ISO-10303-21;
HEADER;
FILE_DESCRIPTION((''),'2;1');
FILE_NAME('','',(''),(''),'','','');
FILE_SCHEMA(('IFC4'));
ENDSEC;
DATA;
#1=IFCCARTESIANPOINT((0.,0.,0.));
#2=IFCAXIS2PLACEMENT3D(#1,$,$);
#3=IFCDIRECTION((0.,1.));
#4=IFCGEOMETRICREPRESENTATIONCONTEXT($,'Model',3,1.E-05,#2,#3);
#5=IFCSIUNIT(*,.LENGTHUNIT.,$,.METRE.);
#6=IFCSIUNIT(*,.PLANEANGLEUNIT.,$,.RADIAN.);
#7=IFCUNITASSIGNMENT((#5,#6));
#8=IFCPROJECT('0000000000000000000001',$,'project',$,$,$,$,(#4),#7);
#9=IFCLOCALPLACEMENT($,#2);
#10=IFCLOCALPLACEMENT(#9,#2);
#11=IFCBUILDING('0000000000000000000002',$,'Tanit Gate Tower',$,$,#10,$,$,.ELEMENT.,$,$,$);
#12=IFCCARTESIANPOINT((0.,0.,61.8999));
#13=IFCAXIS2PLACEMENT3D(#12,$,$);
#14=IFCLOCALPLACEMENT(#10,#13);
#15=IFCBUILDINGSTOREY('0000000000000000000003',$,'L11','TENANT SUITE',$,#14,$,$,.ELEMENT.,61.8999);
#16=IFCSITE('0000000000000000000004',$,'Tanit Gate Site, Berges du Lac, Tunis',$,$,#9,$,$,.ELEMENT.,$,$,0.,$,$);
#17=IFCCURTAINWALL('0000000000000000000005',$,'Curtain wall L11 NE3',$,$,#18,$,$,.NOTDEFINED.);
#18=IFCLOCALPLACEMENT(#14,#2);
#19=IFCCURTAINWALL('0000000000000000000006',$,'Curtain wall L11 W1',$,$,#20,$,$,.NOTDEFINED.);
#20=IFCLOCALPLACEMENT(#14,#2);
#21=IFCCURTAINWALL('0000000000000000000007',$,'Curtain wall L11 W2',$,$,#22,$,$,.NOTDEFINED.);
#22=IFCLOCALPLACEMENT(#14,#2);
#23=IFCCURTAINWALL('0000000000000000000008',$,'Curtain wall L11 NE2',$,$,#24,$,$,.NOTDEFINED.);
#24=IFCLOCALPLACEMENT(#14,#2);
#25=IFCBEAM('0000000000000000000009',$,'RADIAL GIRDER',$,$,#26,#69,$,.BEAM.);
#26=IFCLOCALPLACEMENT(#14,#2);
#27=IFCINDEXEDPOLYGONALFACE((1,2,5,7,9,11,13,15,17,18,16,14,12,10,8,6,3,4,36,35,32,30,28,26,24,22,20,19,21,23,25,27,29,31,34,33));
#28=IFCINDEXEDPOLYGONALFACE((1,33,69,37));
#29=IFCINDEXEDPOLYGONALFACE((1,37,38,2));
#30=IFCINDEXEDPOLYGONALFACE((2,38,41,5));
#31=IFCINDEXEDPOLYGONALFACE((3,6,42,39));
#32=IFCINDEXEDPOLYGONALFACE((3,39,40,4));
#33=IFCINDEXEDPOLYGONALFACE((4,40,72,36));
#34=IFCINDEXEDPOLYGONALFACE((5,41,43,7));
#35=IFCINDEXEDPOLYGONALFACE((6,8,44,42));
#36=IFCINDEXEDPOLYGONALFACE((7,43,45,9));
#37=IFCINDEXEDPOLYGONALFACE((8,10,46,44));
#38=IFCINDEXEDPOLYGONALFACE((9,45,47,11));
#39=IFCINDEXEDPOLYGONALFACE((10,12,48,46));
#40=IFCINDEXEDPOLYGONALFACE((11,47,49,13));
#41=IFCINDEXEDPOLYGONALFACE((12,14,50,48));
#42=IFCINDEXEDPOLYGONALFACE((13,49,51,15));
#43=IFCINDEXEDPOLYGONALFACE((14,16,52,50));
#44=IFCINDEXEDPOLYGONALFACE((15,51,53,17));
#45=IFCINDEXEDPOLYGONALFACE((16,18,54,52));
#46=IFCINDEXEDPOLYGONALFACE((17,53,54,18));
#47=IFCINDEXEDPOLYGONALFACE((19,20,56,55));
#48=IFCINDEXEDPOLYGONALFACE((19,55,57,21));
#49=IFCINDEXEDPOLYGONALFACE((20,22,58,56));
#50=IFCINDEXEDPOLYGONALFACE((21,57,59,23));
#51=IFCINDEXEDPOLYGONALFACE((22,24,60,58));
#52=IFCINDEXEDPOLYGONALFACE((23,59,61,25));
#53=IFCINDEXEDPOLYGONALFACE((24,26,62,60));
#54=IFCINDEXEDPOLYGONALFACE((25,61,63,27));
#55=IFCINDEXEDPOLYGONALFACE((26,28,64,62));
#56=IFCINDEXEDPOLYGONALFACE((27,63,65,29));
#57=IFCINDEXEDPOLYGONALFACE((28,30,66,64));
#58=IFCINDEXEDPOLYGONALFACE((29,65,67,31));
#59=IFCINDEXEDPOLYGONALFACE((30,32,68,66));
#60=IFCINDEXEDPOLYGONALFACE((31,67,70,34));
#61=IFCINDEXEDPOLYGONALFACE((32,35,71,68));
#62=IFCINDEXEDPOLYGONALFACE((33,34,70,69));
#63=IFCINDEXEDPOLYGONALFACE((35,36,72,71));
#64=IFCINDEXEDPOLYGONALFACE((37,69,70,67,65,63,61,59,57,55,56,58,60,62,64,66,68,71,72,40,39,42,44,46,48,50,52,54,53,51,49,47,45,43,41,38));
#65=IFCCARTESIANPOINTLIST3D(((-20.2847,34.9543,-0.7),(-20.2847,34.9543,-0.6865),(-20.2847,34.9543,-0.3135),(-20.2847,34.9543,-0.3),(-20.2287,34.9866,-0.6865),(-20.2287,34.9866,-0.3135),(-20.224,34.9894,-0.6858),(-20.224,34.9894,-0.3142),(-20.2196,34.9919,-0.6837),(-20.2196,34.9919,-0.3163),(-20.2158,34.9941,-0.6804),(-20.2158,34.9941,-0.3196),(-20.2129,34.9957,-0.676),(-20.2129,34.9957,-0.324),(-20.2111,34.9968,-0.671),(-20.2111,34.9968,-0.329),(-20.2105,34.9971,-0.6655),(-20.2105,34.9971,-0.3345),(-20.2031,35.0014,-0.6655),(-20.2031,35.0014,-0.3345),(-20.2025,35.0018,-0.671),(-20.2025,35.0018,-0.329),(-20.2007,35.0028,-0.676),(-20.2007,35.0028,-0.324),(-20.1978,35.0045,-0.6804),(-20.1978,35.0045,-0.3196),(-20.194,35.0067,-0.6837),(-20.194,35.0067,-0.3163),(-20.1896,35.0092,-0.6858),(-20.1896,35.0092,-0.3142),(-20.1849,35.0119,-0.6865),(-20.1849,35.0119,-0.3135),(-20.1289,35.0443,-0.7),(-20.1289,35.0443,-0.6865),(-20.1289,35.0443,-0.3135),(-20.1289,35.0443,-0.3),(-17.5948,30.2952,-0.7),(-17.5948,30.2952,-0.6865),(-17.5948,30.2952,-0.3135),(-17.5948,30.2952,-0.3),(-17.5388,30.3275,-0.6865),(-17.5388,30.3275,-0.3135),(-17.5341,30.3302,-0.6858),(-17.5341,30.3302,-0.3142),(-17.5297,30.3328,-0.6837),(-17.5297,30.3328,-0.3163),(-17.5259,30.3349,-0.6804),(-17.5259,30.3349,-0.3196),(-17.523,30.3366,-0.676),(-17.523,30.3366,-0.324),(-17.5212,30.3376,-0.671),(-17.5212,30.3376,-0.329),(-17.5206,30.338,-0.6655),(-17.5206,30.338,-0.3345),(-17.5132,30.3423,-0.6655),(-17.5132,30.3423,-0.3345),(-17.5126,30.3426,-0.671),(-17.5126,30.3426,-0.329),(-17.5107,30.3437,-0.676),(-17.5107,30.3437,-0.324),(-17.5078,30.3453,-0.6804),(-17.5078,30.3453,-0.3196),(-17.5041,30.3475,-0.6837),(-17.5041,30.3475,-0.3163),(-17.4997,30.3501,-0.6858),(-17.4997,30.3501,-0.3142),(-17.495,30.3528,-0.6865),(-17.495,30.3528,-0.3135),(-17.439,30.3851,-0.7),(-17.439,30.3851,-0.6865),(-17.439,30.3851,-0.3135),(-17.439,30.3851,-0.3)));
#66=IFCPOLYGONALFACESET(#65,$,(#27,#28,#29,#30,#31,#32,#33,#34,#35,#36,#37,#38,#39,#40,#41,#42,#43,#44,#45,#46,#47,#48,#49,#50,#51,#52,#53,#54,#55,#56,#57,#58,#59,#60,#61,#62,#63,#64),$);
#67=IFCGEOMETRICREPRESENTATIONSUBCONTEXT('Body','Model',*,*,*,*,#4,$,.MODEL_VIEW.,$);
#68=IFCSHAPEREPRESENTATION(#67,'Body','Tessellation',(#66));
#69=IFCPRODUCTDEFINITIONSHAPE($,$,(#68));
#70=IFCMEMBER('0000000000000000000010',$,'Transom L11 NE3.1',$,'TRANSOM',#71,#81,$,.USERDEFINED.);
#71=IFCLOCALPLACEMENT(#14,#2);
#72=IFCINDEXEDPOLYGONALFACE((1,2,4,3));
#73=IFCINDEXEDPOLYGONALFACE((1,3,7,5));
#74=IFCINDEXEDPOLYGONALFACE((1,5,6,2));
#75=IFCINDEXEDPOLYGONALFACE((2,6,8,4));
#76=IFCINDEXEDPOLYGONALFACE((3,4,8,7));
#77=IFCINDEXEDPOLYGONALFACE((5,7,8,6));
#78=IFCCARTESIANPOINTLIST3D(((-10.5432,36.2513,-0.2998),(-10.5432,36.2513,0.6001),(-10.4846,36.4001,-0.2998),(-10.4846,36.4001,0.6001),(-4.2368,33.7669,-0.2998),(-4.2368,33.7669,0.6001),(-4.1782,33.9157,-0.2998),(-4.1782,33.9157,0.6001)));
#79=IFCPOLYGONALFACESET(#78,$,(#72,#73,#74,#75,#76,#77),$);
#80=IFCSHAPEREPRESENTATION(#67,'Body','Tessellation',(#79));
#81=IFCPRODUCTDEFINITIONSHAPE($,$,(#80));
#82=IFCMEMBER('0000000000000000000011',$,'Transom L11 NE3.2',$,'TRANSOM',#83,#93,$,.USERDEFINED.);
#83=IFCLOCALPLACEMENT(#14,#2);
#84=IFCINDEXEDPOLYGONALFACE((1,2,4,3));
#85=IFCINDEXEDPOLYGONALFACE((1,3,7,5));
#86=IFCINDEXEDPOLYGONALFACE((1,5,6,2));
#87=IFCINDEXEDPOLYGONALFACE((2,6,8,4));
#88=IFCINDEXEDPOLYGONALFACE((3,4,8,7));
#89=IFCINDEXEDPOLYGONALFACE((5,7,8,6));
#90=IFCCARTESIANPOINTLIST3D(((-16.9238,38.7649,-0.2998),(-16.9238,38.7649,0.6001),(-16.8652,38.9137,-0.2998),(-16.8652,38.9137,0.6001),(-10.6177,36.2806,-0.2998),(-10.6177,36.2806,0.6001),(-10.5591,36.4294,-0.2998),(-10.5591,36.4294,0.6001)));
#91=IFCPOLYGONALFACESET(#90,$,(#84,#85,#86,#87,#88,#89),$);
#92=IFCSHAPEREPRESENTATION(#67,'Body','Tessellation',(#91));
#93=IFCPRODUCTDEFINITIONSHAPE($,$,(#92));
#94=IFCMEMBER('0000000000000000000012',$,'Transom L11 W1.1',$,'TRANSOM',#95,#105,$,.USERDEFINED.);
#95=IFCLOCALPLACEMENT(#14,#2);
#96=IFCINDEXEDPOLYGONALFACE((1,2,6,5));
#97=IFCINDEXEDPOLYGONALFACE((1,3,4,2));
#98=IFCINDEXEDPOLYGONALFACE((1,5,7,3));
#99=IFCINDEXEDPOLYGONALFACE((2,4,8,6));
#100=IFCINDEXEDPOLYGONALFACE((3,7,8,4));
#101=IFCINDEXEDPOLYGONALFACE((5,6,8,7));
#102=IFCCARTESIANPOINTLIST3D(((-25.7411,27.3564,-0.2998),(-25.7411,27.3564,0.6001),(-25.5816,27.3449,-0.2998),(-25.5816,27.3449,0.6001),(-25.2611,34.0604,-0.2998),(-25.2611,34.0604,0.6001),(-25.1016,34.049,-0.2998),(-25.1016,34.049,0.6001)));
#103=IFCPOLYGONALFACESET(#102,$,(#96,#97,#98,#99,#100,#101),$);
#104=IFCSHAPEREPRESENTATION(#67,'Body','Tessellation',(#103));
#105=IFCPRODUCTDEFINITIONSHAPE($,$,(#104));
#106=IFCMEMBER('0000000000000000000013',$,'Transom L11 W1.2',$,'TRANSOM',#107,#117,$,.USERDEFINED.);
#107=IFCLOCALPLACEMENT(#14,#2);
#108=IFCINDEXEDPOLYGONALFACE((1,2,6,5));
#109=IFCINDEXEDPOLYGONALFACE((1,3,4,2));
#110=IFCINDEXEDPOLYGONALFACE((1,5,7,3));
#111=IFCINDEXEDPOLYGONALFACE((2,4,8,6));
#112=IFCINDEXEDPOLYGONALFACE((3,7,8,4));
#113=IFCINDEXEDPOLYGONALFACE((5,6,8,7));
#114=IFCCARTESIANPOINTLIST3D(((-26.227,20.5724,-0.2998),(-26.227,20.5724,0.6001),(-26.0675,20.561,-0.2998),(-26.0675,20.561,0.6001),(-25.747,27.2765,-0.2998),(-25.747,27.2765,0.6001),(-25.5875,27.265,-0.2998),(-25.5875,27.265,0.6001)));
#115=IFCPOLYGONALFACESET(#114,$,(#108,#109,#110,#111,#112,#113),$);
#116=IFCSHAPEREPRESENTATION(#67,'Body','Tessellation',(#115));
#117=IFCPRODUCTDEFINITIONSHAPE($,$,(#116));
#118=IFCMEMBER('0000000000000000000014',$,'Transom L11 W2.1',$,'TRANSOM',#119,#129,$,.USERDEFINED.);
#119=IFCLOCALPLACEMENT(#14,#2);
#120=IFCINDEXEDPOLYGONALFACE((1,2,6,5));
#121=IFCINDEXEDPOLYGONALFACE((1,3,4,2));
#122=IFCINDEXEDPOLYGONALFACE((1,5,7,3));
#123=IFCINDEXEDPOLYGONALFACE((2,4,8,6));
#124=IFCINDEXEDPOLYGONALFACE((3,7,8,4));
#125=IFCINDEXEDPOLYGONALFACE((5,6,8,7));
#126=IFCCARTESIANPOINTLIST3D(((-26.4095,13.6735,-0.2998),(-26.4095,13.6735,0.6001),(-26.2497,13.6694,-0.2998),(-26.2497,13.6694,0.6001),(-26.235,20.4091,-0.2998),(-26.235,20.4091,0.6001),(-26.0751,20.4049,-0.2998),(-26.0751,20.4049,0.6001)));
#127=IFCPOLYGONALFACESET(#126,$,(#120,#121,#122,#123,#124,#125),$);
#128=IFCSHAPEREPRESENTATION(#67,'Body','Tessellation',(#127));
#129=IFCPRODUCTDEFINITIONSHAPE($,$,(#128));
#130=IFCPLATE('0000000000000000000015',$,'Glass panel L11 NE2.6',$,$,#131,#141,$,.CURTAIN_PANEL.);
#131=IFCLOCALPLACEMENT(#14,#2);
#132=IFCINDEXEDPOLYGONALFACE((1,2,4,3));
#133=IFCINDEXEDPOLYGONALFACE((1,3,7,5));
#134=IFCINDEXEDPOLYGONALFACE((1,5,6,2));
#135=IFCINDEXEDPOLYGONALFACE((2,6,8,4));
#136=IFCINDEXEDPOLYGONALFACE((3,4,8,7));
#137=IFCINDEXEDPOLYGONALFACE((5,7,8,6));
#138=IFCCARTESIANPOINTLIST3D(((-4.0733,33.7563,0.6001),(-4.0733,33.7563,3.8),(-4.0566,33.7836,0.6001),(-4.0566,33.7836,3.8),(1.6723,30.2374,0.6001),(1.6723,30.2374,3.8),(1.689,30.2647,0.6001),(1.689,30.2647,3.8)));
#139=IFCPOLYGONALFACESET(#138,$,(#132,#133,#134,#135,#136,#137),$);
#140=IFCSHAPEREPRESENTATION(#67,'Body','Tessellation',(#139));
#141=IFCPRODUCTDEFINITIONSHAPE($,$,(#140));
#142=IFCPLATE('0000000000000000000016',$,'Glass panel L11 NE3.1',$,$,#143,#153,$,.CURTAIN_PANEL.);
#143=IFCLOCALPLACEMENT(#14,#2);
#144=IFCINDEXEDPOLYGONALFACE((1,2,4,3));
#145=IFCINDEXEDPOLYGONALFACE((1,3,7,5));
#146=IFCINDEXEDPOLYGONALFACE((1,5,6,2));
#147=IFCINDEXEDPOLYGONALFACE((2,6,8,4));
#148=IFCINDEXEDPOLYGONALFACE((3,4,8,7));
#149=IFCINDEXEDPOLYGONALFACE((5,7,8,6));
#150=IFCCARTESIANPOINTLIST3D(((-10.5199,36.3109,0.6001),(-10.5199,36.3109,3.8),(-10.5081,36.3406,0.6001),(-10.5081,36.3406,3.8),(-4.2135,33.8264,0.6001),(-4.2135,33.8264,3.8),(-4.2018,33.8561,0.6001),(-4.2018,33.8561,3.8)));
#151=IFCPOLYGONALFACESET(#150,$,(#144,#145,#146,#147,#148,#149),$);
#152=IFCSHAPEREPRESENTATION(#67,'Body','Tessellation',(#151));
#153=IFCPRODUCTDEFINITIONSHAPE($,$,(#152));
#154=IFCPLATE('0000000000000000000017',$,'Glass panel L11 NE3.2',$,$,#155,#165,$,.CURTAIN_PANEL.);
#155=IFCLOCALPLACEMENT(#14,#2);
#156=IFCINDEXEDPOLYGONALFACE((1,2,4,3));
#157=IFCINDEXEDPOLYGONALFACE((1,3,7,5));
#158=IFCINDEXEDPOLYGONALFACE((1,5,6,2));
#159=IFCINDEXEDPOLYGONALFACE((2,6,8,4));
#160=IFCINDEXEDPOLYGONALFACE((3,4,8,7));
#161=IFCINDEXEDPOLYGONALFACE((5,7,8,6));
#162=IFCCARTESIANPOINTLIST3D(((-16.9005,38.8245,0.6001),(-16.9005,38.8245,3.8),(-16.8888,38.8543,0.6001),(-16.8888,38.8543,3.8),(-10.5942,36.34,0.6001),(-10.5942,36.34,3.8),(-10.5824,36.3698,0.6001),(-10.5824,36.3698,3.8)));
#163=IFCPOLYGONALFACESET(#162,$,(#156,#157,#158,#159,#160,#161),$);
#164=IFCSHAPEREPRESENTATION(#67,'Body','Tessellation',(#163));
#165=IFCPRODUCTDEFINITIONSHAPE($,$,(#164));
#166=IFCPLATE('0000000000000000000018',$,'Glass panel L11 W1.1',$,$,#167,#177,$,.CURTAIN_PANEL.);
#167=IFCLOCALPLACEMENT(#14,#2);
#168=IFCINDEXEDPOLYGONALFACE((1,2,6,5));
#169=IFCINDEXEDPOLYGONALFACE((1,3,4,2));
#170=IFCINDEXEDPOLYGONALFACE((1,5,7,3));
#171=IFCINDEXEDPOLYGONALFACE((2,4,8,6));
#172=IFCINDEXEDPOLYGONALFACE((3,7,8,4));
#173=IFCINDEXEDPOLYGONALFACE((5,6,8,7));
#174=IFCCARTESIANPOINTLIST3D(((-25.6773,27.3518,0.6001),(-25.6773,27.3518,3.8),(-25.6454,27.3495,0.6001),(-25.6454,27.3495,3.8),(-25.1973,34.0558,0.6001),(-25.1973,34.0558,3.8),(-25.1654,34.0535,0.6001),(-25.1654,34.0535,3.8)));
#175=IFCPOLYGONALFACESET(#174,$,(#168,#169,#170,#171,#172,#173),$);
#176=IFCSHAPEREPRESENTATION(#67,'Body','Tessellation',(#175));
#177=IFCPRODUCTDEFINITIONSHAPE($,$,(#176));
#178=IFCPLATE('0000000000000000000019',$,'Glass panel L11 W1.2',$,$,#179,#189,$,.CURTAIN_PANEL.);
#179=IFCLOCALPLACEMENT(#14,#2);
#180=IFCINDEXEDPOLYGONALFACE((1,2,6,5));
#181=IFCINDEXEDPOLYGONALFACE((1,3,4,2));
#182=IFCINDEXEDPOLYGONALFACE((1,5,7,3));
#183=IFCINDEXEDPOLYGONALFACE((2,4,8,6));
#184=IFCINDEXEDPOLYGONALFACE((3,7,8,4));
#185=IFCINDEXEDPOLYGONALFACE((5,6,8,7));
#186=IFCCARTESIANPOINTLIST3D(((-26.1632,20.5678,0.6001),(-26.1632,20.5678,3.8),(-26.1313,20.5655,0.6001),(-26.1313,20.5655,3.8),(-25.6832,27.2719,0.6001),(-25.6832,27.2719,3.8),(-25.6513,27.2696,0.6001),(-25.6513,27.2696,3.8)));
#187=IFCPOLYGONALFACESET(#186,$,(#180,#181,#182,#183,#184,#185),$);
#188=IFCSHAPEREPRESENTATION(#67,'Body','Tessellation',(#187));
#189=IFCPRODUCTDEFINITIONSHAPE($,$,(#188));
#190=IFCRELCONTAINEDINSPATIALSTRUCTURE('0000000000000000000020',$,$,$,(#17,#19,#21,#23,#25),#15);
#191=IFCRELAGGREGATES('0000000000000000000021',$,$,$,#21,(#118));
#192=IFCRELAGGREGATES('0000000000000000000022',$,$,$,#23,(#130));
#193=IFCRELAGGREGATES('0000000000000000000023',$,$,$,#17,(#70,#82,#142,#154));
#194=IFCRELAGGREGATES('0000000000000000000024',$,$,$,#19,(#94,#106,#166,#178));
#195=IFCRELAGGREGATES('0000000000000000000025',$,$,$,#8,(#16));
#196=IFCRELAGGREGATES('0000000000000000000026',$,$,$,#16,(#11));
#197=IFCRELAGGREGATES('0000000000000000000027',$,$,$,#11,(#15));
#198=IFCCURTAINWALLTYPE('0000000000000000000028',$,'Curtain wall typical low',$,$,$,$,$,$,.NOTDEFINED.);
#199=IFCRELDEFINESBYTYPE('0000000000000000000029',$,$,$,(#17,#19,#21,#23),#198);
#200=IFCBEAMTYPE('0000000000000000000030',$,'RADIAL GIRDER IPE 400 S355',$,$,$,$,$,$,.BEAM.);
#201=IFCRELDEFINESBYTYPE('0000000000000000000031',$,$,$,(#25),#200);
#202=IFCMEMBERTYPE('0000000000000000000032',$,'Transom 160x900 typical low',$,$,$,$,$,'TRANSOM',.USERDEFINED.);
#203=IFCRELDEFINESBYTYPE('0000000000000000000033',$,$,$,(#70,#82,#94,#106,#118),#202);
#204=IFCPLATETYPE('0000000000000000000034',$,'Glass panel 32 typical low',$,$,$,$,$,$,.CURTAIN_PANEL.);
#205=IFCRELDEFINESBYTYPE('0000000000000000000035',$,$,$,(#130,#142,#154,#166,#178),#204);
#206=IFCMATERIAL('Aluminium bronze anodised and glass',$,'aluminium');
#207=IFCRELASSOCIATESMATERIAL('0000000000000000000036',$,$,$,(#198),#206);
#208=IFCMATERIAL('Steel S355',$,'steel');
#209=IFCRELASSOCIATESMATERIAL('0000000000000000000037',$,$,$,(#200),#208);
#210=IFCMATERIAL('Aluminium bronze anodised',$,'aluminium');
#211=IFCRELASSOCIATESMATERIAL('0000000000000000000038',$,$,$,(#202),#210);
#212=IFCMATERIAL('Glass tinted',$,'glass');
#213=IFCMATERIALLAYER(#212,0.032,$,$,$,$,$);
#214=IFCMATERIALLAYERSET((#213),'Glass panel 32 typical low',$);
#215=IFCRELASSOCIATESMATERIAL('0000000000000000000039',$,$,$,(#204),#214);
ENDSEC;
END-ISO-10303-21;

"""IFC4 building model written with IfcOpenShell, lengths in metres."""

from ifc_helpers import new_model, si_unit, direction, frame, origin, origin_2d, place, context, subcontext, project, spatial, rectangle, i_section, extrude, material, layer, layer_set, material_profile, profile_set, type_object, element, aggregate, save


model = new_model("IFC4")

# Units and contexts
model_context = context("Model", 3, precision=1e-05, world=origin(), true_north=direction((0.0, 1.0)))
body_context = subcontext(model_context, "Body", "Model", "MODEL_VIEW")
ifc_project = project(units=[si_unit("LENGTHUNIT", "METRE"), si_unit("PLANEANGLEUNIT", "RADIAN")], contexts=[model_context])

# Site, building, storey
site_placement = place(None, origin())
site = spatial("IfcSite", under=ifc_project, at=site_placement, Name="Tanit Gate Site, Berges du Lac, Tunis", CompositionType="ELEMENT", RefElevation=0.0)
building_placement = place(site_placement, origin())
building = spatial("IfcBuilding", under=site, at=building_placement, Name="Tanit Gate Tower", CompositionType="ELEMENT")
storey_placement = place(building_placement, frame((0.0, 0.0, 61.8999)))
storey = spatial("IfcBuildingStorey", under=building, at=storey_placement, Name="L11", Description="TENANT SUITE", CompositionType="ELEMENT", Elevation=61.8999)

# Curtain wall
ifc_material_1 = material(Name="Aluminium bronze anodised and glass", Category="aluminium")
curtain_wall_type = type_object("IfcCurtainWallType", Name="Curtain wall typical low", PredefinedType="NOTDEFINED", material=ifc_material_1)
curtain_wall_1_placement = place(storey_placement, origin())
curtain_wall_1 = element("IfcCurtainWall", 1, at=curtain_wall_1_placement, inside=storey, type_object=curtain_wall_type, Name="Curtain wall L11 NE3", PredefinedType="NOTDEFINED")

# Curtain walls
curtain_wall_2_placement = place(storey_placement, origin())
curtain_wall_2 = element("IfcCurtainWall", 2, at=curtain_wall_2_placement, inside=storey, type_object=curtain_wall_type, Name="Curtain wall L11 W1", PredefinedType="NOTDEFINED")
curtain_wall_3_placement = place(storey_placement, origin())
curtain_wall_3 = element("IfcCurtainWall", 3, at=curtain_wall_3_placement, inside=storey, type_object=curtain_wall_type, Name="Curtain wall L11 W2", PredefinedType="NOTDEFINED")
curtain_wall_4_placement = place(storey_placement, origin())
curtain_wall_4 = element("IfcCurtainWall", 4, at=curtain_wall_4_placement, inside=storey, type_object=curtain_wall_type, Name="Curtain wall L11 NE2", PredefinedType="NOTDEFINED")

# Beam
ifc_material_2 = material(Name="Steel S355", Category="steel")
ifc_material_profile_1 = material_profile(ifc_material_2, i_section(OverallWidth=0.1799, OverallDepth=0.3999, WebThickness=0.0085, FlangeThickness=0.0134, FilletRadius=0.021, at=origin_2d()), Name="IPE 400")
ifc_profile_set_1 = profile_set([ifc_material_profile_1], Name="Steel S355")
beam_type_1 = type_object("IfcBeamType", Name="RADIAL GIRDER IPE 400 S355", PredefinedType="BEAM", material=ifc_profile_set_1)
beam_1_placement = place(storey_placement, frame((-20.2068, 34.9993, -0.5), z_axis=(0.499995, -0.866028, 0.0), x_axis=(0.866028, 0.499995, 0.0)))
element("IfcBeam", 5, at=beam_1_placement, inside=storey, type_object=beam_type_1, Name="RADIAL GIRDER", PredefinedType="BEAM", context=body_context, shape_type="SweptSolid", body=[
    extrude(i_section(OverallWidth=0.1799, OverallDepth=0.3999, WebThickness=0.0085, FlangeThickness=0.0134, FilletRadius=0.021, at=origin_2d()), origin(), (0.0, 0.0, 1.0), 5.3799),
])

# Members
ifc_material_3 = material(Name="Aluminium bronze anodised", Category="aluminium")
ifc_material_profile_2 = material_profile(ifc_material_3, rectangle(XDim=0.1599, YDim=0.8999, at=origin_2d()), Name="160x900 bronze transom")
ifc_profile_set_2 = profile_set([ifc_material_profile_2], Name="Aluminium bronze anodised")
member_type_1 = type_object("IfcMemberType", Name="Transom 160x900 typical low", ElementType="TRANSOM", PredefinedType="USERDEFINED", material=ifc_profile_set_2)
member_1_placement = place(storey_placement, frame((-4.2075, 33.8413, 0.1501), z_axis=(-0.930407, 0.366529, 0.0), x_axis=(-0.366529, -0.930407, 0.0)))
member_1 = element("IfcMember", 6, at=member_1_placement, type_object=member_type_1, Name="Transom L11 NE3.1", ObjectType="TRANSOM", PredefinedType="USERDEFINED", context=body_context, shape_type="SweptSolid", body=[
    extrude(rectangle(XDim=0.1599, YDim=0.8999, at=origin_2d()), origin(), (0.0, 0.0, 1.0), 6.7781),
])
member_2_placement = place(storey_placement, frame((-10.5884, 36.355, 0.1501), z_axis=(-0.930402, 0.366542, 0.0), x_axis=(-0.366542, -0.930402, 0.0)))
member_2 = element("IfcMember", 7, at=member_2_placement, type_object=member_type_1, Name="Transom L11 NE3.2", ObjectType="TRANSOM", PredefinedType="USERDEFINED", context=body_context, shape_type="SweptSolid", body=[
    extrude(rectangle(XDim=0.1599, YDim=0.8999, at=origin_2d()), origin(), (0.0, 0.0, 1.0), 6.7778),
])
member_3_placement = place(storey_placement, frame((-25.1814, 34.0547, 0.1501), z_axis=(-0.071412, -0.997447, 0.0), x_axis=(0.997447, -0.071412, 0.0)))
member_3 = element("IfcMember", 8, at=member_3_placement, type_object=member_type_1, Name="Transom L11 W1.1", ObjectType="TRANSOM", PredefinedType="USERDEFINED", context=body_context, shape_type="SweptSolid", body=[
    extrude(rectangle(XDim=0.1599, YDim=0.8999, at=origin_2d()), origin(), (0.0, 0.0, 1.0), 6.7212),
])
member_4_placement = place(storey_placement, frame((-25.6672, 27.2708, 0.1501), z_axis=(-0.071412, -0.997447, 0.0), x_axis=(0.997447, -0.071412, 0.0)))
member_4 = element("IfcMember", 9, at=member_4_placement, type_object=member_type_1, Name="Transom L11 W1.2", ObjectType="TRANSOM", PredefinedType="USERDEFINED", context=body_context, shape_type="SweptSolid", body=[
    extrude(rectangle(XDim=0.1599, YDim=0.8999, at=origin_2d()), origin(), (0.0, 0.0, 1.0), 6.7212),
])
member_5_placement = place(storey_placement, frame((-26.155, 20.407, 0.1501), z_axis=(-0.025907, -0.999664, 0.0), x_axis=(0.999664, -0.025907, 0.0)))
member_5 = element("IfcMember", 10, at=member_5_placement, type_object=member_type_1, Name="Transom L11 W2.1", ObjectType="TRANSOM", PredefinedType="USERDEFINED", context=body_context, shape_type="SweptSolid", body=[
    extrude(rectangle(XDim=0.1599, YDim=0.8999, at=origin_2d()), origin(), (0.0, 0.0, 1.0), 6.7378),
])
aggregate(curtain_wall_3, [member_5])

# Plates
ifc_material_4 = material(Name="Glass tinted", Category="glass")
ifc_layer_1 = layer(ifc_material_4, 0.032)
ifc_layer_set_1 = layer_set([ifc_layer_1], Name="Glass panel 32 typical low")
plate_type = type_object("IfcPlateType", Name="Glass panel 32 typical low", PredefinedType="CURTAIN_PANEL", material=ifc_layer_set_1)
plate_1_placement = place(storey_placement, frame((-1.1921, 32.0105, 0.6001), z_axis=(0.0, 0.0, 1.0), x_axis=(-0.852772, 0.522283, 0.0)))
plate_1 = element("IfcPlate", 11, at=plate_1_placement, type_object=plate_type, Name="Glass panel L11 NE2.6", PredefinedType="CURTAIN_PANEL", context=body_context, shape_type="SweptSolid", body=[
    extrude(rectangle(XDim=6.7375, YDim=0.032, at=origin_2d()), origin(), (0.0, 0.0, 1.0), 3.2),
])
aggregate(curtain_wall_4, [plate_1])
plate_2_placement = place(storey_placement, frame((-7.3608, 35.0835, 0.6001), z_axis=(0.0, 0.0, 1.0), x_axis=(-0.930399, 0.366548, 0.0)))
plate_2 = element("IfcPlate", 12, at=plate_2_placement, type_object=plate_type, Name="Glass panel L11 NE3.1", PredefinedType="CURTAIN_PANEL", context=body_context, shape_type="SweptSolid", body=[
    extrude(rectangle(XDim=6.7781, YDim=0.032, at=origin_2d()), origin(), (0.0, 0.0, 1.0), 3.2),
])
plate_3_placement = place(storey_placement, frame((-13.7415, 37.5972, 0.6001), z_axis=(0.0, 0.0, 1.0), x_axis=(-0.930399, 0.366548, 0.0)))
plate_3 = element("IfcPlate", 13, at=plate_3_placement, type_object=plate_type, Name="Glass panel L11 NE3.2", PredefinedType="CURTAIN_PANEL", context=body_context, shape_type="SweptSolid", body=[
    extrude(rectangle(XDim=6.7781, YDim=0.032, at=origin_2d()), origin(), (0.0, 0.0, 1.0), 3.2),
])
aggregate(curtain_wall_1, [member_1, member_2, plate_2, plate_3])
plate_4_placement = place(storey_placement, frame((-25.4214, 30.7026, 0.6001), z_axis=(0.0, 0.0, 1.0), x_axis=(-0.071419, -0.997446, 0.0)))
plate_4 = element("IfcPlate", 14, at=plate_4_placement, type_object=plate_type, Name="Glass panel L11 W1.1", PredefinedType="CURTAIN_PANEL", context=body_context, shape_type="SweptSolid", body=[
    extrude(rectangle(XDim=6.7212, YDim=0.032, at=origin_2d()), origin(), (0.0, 0.0, 1.0), 3.2),
])
plate_5_placement = place(storey_placement, frame((-25.9072, 23.9187, 0.6001), z_axis=(0.0, 0.0, 1.0), x_axis=(-0.071419, -0.997446, 0.0)))
plate_5 = element("IfcPlate", 15, at=plate_5_placement, type_object=plate_type, Name="Glass panel L11 W1.2", PredefinedType="CURTAIN_PANEL", context=body_context, shape_type="SweptSolid", body=[
    extrude(rectangle(XDim=6.7212, YDim=0.032, at=origin_2d()), origin(), (0.0, 0.0, 1.0), 3.2),
])
aggregate(curtain_wall_2, [member_3, member_4, plate_4, plate_5])

save(model, "model.ifc")
